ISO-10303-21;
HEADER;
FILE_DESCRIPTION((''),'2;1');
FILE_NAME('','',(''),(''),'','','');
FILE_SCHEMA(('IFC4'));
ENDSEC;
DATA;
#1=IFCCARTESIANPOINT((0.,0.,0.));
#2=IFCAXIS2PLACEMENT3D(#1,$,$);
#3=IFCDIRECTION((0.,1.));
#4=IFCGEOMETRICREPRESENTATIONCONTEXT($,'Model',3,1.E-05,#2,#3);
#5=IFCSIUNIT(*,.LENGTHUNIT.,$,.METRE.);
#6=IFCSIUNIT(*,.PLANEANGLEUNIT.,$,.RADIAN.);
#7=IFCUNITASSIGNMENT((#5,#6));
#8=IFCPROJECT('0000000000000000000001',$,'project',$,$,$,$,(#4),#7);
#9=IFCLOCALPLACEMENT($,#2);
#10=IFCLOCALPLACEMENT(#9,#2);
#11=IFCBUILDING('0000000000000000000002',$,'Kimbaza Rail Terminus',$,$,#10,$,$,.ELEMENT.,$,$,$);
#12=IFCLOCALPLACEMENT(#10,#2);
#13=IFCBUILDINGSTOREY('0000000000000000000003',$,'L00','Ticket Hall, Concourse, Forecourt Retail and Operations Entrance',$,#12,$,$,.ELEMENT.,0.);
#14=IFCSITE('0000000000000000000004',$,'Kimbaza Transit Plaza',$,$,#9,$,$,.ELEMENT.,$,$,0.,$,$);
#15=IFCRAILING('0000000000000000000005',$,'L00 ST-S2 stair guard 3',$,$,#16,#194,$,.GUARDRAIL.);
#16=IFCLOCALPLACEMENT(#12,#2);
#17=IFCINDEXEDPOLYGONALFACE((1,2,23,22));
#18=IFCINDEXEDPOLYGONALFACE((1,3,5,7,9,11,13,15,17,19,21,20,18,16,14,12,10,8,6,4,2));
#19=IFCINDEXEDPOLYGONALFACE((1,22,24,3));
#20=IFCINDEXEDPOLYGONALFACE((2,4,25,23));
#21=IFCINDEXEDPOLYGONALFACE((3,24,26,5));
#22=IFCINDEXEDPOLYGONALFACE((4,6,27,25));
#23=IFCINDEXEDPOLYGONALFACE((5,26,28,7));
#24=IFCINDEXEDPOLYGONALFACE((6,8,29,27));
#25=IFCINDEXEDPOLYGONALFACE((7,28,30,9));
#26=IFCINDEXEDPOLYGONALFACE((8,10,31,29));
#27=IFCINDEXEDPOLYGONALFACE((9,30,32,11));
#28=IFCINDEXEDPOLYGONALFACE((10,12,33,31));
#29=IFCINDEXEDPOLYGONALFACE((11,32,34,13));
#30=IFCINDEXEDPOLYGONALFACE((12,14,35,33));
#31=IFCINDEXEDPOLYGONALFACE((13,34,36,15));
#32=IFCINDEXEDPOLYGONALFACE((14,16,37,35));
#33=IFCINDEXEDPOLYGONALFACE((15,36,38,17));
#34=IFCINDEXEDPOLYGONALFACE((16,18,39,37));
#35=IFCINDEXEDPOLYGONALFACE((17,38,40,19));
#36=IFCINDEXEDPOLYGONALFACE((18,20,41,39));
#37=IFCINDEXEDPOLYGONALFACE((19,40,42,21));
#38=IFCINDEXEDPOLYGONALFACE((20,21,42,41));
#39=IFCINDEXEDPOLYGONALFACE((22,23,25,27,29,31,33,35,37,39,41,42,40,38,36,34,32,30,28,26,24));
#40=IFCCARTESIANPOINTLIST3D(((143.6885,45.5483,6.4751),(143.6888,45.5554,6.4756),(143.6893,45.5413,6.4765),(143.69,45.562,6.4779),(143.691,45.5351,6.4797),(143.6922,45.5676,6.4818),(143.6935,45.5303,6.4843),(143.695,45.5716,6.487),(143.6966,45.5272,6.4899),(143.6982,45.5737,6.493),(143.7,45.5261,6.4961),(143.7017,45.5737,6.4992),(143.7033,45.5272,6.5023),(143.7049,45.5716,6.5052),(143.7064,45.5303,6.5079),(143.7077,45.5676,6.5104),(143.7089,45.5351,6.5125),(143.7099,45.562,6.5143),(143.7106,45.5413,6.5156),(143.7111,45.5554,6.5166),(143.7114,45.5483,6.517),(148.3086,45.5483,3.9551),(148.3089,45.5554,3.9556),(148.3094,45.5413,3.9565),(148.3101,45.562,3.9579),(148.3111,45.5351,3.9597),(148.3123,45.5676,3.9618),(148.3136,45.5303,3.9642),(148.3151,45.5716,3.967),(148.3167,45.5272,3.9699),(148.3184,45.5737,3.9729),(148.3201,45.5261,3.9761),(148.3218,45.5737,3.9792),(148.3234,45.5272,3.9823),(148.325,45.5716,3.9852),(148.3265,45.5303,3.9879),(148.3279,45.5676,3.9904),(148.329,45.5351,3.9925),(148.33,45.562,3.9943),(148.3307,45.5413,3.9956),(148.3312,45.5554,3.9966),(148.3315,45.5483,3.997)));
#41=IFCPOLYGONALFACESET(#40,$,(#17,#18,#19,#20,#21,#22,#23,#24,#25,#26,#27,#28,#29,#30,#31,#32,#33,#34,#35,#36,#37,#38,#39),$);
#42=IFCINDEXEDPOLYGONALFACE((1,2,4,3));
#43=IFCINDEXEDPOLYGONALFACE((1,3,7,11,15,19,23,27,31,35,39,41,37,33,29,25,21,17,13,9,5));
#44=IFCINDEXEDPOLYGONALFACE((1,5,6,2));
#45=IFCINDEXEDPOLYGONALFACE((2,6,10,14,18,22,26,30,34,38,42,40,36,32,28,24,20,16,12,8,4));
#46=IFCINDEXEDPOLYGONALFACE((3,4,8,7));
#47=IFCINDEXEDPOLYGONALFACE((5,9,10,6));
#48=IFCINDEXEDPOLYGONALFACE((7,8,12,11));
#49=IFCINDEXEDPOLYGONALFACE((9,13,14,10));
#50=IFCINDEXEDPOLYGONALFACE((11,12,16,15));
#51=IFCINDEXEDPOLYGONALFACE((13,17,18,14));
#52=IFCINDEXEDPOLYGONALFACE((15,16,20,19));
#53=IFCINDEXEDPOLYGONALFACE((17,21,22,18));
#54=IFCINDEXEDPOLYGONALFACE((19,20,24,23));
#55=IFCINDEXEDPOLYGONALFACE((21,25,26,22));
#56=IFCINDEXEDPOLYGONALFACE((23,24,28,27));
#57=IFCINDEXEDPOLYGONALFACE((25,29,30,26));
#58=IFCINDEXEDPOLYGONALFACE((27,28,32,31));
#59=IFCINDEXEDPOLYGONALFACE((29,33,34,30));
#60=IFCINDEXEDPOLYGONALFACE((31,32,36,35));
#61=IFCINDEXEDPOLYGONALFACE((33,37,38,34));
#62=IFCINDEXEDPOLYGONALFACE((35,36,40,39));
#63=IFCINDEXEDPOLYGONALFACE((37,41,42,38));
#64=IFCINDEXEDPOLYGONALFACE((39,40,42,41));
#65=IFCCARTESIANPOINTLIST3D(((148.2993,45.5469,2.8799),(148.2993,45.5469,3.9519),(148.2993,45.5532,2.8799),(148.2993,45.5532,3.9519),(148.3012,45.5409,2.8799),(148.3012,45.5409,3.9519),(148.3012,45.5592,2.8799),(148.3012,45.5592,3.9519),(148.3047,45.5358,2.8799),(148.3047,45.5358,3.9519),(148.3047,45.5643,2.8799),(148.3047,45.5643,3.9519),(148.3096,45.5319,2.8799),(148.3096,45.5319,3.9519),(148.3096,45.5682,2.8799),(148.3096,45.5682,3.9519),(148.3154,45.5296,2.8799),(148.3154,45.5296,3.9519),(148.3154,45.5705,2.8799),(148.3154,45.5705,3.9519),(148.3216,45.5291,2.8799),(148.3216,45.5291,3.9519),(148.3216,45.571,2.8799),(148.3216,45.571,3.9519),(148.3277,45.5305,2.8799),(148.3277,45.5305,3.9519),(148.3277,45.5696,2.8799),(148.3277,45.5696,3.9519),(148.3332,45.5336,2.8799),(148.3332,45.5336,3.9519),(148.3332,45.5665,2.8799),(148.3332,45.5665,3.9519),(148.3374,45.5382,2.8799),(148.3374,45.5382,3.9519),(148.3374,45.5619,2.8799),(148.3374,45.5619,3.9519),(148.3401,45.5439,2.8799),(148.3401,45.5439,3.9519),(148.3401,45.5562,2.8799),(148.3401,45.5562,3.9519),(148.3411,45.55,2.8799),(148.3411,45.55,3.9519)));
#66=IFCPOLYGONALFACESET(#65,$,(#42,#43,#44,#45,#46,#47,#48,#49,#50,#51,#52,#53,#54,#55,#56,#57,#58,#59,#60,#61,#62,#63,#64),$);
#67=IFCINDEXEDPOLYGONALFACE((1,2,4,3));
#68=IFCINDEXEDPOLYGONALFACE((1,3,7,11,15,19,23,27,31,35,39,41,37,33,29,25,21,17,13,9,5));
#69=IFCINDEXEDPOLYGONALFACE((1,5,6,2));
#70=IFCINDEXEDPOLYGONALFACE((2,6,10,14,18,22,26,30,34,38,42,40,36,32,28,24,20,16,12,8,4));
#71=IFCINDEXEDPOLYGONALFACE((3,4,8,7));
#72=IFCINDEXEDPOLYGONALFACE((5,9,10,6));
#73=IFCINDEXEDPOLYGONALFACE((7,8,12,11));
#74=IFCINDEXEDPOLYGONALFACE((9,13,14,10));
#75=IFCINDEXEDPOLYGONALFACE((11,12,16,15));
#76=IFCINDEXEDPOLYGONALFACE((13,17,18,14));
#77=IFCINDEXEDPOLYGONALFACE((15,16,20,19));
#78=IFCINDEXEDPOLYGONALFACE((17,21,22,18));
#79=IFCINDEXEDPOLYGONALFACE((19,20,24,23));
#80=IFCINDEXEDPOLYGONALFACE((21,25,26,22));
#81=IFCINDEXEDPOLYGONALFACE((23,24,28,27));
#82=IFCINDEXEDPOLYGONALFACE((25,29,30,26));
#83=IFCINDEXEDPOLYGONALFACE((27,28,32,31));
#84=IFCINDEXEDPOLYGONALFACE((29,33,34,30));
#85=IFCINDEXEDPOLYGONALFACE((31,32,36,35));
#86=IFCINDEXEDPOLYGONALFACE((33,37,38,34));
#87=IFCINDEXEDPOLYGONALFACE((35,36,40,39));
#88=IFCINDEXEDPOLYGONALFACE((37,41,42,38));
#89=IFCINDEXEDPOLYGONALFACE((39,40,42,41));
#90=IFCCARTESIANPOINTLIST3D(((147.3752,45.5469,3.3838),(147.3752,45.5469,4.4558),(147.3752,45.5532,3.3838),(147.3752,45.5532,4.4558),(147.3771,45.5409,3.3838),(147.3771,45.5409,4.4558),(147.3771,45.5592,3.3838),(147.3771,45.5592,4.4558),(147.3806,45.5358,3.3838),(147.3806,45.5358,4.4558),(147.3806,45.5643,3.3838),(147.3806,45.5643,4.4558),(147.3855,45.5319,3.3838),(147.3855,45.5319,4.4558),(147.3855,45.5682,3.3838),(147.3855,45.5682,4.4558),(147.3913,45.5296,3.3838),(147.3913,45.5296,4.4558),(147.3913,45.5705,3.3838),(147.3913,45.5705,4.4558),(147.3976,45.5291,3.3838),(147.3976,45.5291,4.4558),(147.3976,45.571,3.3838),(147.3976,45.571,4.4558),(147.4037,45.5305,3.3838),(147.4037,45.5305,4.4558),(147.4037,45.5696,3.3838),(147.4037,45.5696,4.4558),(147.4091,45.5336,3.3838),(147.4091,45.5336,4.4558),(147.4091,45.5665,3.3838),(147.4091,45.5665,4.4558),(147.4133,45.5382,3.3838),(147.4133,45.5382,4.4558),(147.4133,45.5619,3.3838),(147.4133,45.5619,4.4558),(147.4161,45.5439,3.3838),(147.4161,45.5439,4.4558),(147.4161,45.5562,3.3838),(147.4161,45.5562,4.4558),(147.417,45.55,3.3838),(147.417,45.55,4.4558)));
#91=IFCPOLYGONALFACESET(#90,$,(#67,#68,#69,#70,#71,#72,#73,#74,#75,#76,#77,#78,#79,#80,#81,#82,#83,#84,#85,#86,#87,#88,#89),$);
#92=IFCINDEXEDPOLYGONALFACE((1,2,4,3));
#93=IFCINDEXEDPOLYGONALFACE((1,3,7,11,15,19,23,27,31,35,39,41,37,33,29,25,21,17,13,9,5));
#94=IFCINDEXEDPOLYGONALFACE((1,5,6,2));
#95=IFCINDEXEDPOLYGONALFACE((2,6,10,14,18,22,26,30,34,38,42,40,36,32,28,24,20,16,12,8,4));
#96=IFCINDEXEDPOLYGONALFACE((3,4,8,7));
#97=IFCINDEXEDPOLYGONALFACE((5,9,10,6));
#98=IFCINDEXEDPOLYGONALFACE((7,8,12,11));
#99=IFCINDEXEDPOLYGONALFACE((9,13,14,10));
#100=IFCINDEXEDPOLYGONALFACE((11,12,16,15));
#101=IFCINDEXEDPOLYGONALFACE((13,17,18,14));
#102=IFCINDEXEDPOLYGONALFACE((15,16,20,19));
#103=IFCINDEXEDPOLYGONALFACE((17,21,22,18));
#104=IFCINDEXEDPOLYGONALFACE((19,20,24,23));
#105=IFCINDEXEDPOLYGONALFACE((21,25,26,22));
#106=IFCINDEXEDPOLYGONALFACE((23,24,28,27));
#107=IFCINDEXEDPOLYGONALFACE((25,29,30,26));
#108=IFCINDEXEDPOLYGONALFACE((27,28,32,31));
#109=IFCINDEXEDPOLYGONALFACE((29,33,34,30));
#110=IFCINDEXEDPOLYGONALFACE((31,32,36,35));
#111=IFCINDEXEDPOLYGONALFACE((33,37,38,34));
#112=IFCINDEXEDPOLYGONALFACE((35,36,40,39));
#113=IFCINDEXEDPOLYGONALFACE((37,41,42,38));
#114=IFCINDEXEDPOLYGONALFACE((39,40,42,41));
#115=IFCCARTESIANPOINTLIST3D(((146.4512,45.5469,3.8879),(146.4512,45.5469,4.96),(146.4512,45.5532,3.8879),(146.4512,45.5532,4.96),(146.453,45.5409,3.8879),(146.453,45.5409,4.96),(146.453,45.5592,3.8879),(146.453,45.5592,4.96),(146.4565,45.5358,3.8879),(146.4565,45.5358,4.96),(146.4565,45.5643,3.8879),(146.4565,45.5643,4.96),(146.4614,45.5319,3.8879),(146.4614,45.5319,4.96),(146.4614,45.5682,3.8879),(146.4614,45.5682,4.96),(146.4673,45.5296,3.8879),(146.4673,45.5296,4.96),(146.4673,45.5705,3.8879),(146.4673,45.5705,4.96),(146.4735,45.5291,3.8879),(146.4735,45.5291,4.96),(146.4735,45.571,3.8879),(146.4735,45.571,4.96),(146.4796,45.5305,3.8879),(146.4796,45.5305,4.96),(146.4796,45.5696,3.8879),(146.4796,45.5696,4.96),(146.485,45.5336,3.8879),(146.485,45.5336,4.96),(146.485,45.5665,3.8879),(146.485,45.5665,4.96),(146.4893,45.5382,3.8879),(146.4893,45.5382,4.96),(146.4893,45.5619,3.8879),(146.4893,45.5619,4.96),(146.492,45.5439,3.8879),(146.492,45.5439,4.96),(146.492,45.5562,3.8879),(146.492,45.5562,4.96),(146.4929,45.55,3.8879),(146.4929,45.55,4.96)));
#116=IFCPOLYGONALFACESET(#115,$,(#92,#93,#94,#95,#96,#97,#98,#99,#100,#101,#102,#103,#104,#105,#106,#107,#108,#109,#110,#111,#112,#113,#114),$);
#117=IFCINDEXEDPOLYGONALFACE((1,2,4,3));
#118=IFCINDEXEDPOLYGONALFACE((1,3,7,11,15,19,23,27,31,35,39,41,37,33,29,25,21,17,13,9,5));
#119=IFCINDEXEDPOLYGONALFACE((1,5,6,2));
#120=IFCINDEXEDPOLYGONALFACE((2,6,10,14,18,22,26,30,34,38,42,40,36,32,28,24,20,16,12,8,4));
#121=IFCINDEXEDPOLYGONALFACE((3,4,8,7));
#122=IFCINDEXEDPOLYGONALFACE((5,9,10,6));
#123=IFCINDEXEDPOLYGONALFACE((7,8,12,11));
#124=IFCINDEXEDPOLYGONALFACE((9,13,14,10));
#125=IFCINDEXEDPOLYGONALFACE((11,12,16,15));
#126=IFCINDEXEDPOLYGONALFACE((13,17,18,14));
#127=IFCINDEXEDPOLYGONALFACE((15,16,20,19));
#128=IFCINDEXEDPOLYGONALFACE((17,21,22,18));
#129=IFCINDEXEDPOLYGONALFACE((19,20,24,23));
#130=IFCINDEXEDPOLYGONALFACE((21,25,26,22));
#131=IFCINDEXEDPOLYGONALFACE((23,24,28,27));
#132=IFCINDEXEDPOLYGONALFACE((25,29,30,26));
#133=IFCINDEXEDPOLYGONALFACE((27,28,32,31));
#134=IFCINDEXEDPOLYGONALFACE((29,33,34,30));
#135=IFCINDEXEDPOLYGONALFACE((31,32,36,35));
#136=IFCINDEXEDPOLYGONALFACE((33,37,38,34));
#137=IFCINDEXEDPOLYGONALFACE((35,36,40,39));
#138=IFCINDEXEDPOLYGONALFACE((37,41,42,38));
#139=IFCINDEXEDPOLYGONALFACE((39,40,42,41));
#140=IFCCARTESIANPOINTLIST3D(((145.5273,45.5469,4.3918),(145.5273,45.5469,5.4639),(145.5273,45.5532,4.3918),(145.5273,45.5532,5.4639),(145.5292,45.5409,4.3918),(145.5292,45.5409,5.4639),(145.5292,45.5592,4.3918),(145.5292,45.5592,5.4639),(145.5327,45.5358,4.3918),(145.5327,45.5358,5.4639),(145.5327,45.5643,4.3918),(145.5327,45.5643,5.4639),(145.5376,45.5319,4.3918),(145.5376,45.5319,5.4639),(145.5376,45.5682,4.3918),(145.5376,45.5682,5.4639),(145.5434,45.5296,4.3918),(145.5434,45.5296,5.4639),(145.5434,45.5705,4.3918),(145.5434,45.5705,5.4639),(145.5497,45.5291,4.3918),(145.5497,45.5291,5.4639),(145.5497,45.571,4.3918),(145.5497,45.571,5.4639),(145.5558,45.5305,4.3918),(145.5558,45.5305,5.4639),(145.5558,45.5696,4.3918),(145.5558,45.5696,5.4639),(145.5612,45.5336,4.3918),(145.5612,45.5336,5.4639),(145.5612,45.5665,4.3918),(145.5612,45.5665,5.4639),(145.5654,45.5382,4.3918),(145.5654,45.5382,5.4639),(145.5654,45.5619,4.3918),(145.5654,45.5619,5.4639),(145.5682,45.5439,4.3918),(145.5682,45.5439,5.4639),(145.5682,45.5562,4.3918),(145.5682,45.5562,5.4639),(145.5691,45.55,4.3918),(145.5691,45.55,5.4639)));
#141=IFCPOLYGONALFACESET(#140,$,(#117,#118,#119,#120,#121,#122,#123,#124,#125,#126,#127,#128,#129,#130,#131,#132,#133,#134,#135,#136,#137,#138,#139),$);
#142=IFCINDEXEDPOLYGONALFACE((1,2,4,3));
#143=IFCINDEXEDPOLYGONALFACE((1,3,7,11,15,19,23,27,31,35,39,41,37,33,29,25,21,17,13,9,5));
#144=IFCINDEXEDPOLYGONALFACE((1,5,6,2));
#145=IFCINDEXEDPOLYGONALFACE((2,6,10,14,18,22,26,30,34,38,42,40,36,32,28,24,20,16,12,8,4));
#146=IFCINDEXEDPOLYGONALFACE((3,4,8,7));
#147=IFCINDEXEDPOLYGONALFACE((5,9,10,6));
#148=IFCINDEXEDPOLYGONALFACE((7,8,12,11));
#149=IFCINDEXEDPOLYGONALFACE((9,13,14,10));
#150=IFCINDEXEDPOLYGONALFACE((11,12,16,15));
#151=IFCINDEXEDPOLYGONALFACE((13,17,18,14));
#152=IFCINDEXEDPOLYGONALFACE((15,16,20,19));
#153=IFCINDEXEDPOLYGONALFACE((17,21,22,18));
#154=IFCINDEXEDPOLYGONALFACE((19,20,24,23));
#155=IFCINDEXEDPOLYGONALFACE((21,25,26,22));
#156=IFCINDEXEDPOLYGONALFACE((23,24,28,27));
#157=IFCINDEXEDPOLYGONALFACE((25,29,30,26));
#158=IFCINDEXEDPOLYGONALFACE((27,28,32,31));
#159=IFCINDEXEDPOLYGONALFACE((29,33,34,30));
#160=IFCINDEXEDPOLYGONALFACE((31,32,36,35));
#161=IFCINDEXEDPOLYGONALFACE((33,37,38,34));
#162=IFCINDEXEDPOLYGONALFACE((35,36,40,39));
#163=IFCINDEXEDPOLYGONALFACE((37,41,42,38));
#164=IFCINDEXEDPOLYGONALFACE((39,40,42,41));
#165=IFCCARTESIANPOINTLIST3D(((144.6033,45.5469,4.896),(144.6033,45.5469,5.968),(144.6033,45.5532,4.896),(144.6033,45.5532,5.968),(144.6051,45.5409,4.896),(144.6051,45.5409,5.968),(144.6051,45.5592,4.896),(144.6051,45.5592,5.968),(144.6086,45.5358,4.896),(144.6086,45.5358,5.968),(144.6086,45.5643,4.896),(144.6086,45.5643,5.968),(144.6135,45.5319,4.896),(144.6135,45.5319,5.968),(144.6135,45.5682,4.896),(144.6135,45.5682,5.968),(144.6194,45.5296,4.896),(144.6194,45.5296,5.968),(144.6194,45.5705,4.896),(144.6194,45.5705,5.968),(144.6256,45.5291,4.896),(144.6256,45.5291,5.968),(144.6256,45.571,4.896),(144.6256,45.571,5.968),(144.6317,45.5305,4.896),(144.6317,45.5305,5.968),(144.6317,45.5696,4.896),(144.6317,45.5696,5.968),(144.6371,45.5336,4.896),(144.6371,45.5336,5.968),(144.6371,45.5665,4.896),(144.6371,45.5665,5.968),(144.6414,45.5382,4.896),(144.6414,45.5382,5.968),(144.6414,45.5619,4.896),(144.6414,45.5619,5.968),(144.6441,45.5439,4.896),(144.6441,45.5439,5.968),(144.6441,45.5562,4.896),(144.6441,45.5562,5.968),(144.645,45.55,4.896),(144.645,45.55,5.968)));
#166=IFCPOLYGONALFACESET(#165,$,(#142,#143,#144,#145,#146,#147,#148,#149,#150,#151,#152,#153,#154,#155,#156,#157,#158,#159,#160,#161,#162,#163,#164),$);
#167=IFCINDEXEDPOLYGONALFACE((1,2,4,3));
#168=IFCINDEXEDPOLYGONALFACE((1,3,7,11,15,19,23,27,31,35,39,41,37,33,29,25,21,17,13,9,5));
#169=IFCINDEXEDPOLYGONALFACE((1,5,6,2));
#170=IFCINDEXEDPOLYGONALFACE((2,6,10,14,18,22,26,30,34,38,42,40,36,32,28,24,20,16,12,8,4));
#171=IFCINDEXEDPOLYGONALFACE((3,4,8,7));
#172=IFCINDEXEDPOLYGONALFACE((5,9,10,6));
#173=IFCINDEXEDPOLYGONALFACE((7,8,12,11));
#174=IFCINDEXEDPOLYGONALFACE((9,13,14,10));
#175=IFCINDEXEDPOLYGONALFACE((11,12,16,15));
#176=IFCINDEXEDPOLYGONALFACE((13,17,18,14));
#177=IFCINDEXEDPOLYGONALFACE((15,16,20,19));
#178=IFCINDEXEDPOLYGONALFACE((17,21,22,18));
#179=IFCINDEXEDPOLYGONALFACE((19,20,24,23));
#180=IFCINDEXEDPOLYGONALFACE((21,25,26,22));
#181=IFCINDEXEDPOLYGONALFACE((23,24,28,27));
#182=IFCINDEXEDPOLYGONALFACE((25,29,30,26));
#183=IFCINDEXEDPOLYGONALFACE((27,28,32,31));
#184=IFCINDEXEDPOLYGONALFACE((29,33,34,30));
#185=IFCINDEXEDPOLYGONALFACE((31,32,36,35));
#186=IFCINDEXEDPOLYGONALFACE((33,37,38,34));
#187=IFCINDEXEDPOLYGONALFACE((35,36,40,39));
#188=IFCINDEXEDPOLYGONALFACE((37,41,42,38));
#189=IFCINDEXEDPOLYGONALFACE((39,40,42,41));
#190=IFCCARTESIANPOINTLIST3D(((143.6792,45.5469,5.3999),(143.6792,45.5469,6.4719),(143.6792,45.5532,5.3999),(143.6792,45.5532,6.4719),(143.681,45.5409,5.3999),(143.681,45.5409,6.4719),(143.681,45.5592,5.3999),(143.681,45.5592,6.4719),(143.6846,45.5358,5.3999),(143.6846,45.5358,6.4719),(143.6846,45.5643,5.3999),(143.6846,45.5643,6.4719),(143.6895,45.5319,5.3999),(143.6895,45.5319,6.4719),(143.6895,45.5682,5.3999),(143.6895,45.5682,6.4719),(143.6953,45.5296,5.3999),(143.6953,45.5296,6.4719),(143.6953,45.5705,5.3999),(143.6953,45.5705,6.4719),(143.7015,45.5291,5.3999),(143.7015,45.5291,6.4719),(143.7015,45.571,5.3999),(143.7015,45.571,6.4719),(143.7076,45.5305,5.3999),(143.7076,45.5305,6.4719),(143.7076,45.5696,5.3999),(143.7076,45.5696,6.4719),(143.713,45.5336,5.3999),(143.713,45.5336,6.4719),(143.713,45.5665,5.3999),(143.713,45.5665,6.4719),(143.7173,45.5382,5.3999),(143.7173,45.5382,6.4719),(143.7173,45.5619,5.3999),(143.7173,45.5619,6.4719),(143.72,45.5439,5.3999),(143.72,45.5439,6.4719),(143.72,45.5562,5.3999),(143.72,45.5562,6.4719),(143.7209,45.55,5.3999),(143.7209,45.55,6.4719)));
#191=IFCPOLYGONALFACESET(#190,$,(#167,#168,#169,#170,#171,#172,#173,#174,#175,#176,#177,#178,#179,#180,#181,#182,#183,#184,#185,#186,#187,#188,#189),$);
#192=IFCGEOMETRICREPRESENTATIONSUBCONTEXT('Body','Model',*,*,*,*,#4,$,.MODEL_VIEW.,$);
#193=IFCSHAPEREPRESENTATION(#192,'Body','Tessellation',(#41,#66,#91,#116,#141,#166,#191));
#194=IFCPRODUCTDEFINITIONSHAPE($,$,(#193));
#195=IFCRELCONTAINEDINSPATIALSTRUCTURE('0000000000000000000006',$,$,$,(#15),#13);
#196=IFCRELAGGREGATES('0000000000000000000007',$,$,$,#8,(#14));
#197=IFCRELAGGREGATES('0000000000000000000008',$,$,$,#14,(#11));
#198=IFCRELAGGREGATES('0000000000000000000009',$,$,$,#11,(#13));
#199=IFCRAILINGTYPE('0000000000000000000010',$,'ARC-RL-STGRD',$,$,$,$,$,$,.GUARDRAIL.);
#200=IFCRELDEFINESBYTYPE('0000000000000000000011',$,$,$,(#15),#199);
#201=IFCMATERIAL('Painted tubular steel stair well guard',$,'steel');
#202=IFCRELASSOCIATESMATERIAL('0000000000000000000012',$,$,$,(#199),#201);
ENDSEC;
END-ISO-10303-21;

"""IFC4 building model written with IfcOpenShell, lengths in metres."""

from ifc_helpers import new_model, si_unit, direction, frame, origin, origin_2d, place, context, subcontext, project, spatial, circle, extrude, material, type_object, element, save


model = new_model("IFC4")

# Units and contexts
model_context = context("Model", 3, precision=1e-05, world=origin(), true_north=direction((0.0, 1.0)))
body_context = subcontext(model_context, "Body", "Model", "MODEL_VIEW")
ifc_project = project(units=[si_unit("LENGTHUNIT", "METRE"), si_unit("PLANEANGLEUNIT", "RADIAN")], contexts=[model_context])

# Site, building, storey
site_placement = place(None, origin())
site = spatial("IfcSite", under=ifc_project, at=site_placement, Name="Kimbaza Transit Plaza", CompositionType="ELEMENT", RefElevation=0.0)
building_placement = place(site_placement, origin())
building = spatial("IfcBuilding", under=site, at=building_placement, Name="Kimbaza Rail Terminus", CompositionType="ELEMENT")
storey_placement = place(building_placement, origin())
storey = spatial("IfcBuildingStorey", under=building, at=storey_placement, Name="L00", Description="Ticket Hall, Concourse, Forecourt Retail and Operations Entrance", CompositionType="ELEMENT", Elevation=0.0)

# Railing
ifc_material_1 = material(Name="Painted tubular steel stair well guard", Category="steel")
railing_type_1 = type_object("IfcRailingType", Name="ARC-RL-STGRD", PredefinedType="GUARDRAIL", material=ifc_material_1)
railing_1_placement = place(storey_placement, frame((148.3201, 45.55, 2.8799)))
element("IfcRailing", 1, at=railing_1_placement, inside=storey, type_object=railing_type_1, Name="L00 ST-S2 stair guard 3", PredefinedType="GUARDRAIL", context=body_context, shape_type="SweptSolid", body=[
    extrude(circle(Radius=0.0239, at=origin_2d()), frame((0.0, 0.0, 1.0962), z_axis=(-0.877899, 0.0, 0.478846), x_axis=(0.0, -1.0, 0.0)), (0.0, 0.0, 1.0), 5.2627),
    extrude(circle(Radius=0.021, at=origin_2d()), origin(), (0.0, 0.0, 1.0), 1.072),
    extrude(circle(Radius=0.021, at=origin_2d()), frame((-0.9241, 0.0, 0.5039)), (0.0, 0.0, 1.0), 1.072),
    extrude(circle(Radius=0.021, at=origin_2d()), frame((-1.8481, 0.0, 1.0081)), (0.0, 0.0, 1.0), 1.072),
    extrude(circle(Radius=0.021, at=origin_2d()), frame((-2.772, 0.0, 1.512)), (0.0, 0.0, 1.0), 1.072),
    extrude(circle(Radius=0.021, at=origin_2d()), frame((-3.696, 0.0, 2.0161)), (0.0, 0.0, 1.0), 1.072),
    extrude(circle(Radius=0.021, at=origin_2d()), frame((-4.6201, 0.0, 2.52)), (0.0, 0.0, 1.0), 1.072),
])

save(model, "model.ifc")
